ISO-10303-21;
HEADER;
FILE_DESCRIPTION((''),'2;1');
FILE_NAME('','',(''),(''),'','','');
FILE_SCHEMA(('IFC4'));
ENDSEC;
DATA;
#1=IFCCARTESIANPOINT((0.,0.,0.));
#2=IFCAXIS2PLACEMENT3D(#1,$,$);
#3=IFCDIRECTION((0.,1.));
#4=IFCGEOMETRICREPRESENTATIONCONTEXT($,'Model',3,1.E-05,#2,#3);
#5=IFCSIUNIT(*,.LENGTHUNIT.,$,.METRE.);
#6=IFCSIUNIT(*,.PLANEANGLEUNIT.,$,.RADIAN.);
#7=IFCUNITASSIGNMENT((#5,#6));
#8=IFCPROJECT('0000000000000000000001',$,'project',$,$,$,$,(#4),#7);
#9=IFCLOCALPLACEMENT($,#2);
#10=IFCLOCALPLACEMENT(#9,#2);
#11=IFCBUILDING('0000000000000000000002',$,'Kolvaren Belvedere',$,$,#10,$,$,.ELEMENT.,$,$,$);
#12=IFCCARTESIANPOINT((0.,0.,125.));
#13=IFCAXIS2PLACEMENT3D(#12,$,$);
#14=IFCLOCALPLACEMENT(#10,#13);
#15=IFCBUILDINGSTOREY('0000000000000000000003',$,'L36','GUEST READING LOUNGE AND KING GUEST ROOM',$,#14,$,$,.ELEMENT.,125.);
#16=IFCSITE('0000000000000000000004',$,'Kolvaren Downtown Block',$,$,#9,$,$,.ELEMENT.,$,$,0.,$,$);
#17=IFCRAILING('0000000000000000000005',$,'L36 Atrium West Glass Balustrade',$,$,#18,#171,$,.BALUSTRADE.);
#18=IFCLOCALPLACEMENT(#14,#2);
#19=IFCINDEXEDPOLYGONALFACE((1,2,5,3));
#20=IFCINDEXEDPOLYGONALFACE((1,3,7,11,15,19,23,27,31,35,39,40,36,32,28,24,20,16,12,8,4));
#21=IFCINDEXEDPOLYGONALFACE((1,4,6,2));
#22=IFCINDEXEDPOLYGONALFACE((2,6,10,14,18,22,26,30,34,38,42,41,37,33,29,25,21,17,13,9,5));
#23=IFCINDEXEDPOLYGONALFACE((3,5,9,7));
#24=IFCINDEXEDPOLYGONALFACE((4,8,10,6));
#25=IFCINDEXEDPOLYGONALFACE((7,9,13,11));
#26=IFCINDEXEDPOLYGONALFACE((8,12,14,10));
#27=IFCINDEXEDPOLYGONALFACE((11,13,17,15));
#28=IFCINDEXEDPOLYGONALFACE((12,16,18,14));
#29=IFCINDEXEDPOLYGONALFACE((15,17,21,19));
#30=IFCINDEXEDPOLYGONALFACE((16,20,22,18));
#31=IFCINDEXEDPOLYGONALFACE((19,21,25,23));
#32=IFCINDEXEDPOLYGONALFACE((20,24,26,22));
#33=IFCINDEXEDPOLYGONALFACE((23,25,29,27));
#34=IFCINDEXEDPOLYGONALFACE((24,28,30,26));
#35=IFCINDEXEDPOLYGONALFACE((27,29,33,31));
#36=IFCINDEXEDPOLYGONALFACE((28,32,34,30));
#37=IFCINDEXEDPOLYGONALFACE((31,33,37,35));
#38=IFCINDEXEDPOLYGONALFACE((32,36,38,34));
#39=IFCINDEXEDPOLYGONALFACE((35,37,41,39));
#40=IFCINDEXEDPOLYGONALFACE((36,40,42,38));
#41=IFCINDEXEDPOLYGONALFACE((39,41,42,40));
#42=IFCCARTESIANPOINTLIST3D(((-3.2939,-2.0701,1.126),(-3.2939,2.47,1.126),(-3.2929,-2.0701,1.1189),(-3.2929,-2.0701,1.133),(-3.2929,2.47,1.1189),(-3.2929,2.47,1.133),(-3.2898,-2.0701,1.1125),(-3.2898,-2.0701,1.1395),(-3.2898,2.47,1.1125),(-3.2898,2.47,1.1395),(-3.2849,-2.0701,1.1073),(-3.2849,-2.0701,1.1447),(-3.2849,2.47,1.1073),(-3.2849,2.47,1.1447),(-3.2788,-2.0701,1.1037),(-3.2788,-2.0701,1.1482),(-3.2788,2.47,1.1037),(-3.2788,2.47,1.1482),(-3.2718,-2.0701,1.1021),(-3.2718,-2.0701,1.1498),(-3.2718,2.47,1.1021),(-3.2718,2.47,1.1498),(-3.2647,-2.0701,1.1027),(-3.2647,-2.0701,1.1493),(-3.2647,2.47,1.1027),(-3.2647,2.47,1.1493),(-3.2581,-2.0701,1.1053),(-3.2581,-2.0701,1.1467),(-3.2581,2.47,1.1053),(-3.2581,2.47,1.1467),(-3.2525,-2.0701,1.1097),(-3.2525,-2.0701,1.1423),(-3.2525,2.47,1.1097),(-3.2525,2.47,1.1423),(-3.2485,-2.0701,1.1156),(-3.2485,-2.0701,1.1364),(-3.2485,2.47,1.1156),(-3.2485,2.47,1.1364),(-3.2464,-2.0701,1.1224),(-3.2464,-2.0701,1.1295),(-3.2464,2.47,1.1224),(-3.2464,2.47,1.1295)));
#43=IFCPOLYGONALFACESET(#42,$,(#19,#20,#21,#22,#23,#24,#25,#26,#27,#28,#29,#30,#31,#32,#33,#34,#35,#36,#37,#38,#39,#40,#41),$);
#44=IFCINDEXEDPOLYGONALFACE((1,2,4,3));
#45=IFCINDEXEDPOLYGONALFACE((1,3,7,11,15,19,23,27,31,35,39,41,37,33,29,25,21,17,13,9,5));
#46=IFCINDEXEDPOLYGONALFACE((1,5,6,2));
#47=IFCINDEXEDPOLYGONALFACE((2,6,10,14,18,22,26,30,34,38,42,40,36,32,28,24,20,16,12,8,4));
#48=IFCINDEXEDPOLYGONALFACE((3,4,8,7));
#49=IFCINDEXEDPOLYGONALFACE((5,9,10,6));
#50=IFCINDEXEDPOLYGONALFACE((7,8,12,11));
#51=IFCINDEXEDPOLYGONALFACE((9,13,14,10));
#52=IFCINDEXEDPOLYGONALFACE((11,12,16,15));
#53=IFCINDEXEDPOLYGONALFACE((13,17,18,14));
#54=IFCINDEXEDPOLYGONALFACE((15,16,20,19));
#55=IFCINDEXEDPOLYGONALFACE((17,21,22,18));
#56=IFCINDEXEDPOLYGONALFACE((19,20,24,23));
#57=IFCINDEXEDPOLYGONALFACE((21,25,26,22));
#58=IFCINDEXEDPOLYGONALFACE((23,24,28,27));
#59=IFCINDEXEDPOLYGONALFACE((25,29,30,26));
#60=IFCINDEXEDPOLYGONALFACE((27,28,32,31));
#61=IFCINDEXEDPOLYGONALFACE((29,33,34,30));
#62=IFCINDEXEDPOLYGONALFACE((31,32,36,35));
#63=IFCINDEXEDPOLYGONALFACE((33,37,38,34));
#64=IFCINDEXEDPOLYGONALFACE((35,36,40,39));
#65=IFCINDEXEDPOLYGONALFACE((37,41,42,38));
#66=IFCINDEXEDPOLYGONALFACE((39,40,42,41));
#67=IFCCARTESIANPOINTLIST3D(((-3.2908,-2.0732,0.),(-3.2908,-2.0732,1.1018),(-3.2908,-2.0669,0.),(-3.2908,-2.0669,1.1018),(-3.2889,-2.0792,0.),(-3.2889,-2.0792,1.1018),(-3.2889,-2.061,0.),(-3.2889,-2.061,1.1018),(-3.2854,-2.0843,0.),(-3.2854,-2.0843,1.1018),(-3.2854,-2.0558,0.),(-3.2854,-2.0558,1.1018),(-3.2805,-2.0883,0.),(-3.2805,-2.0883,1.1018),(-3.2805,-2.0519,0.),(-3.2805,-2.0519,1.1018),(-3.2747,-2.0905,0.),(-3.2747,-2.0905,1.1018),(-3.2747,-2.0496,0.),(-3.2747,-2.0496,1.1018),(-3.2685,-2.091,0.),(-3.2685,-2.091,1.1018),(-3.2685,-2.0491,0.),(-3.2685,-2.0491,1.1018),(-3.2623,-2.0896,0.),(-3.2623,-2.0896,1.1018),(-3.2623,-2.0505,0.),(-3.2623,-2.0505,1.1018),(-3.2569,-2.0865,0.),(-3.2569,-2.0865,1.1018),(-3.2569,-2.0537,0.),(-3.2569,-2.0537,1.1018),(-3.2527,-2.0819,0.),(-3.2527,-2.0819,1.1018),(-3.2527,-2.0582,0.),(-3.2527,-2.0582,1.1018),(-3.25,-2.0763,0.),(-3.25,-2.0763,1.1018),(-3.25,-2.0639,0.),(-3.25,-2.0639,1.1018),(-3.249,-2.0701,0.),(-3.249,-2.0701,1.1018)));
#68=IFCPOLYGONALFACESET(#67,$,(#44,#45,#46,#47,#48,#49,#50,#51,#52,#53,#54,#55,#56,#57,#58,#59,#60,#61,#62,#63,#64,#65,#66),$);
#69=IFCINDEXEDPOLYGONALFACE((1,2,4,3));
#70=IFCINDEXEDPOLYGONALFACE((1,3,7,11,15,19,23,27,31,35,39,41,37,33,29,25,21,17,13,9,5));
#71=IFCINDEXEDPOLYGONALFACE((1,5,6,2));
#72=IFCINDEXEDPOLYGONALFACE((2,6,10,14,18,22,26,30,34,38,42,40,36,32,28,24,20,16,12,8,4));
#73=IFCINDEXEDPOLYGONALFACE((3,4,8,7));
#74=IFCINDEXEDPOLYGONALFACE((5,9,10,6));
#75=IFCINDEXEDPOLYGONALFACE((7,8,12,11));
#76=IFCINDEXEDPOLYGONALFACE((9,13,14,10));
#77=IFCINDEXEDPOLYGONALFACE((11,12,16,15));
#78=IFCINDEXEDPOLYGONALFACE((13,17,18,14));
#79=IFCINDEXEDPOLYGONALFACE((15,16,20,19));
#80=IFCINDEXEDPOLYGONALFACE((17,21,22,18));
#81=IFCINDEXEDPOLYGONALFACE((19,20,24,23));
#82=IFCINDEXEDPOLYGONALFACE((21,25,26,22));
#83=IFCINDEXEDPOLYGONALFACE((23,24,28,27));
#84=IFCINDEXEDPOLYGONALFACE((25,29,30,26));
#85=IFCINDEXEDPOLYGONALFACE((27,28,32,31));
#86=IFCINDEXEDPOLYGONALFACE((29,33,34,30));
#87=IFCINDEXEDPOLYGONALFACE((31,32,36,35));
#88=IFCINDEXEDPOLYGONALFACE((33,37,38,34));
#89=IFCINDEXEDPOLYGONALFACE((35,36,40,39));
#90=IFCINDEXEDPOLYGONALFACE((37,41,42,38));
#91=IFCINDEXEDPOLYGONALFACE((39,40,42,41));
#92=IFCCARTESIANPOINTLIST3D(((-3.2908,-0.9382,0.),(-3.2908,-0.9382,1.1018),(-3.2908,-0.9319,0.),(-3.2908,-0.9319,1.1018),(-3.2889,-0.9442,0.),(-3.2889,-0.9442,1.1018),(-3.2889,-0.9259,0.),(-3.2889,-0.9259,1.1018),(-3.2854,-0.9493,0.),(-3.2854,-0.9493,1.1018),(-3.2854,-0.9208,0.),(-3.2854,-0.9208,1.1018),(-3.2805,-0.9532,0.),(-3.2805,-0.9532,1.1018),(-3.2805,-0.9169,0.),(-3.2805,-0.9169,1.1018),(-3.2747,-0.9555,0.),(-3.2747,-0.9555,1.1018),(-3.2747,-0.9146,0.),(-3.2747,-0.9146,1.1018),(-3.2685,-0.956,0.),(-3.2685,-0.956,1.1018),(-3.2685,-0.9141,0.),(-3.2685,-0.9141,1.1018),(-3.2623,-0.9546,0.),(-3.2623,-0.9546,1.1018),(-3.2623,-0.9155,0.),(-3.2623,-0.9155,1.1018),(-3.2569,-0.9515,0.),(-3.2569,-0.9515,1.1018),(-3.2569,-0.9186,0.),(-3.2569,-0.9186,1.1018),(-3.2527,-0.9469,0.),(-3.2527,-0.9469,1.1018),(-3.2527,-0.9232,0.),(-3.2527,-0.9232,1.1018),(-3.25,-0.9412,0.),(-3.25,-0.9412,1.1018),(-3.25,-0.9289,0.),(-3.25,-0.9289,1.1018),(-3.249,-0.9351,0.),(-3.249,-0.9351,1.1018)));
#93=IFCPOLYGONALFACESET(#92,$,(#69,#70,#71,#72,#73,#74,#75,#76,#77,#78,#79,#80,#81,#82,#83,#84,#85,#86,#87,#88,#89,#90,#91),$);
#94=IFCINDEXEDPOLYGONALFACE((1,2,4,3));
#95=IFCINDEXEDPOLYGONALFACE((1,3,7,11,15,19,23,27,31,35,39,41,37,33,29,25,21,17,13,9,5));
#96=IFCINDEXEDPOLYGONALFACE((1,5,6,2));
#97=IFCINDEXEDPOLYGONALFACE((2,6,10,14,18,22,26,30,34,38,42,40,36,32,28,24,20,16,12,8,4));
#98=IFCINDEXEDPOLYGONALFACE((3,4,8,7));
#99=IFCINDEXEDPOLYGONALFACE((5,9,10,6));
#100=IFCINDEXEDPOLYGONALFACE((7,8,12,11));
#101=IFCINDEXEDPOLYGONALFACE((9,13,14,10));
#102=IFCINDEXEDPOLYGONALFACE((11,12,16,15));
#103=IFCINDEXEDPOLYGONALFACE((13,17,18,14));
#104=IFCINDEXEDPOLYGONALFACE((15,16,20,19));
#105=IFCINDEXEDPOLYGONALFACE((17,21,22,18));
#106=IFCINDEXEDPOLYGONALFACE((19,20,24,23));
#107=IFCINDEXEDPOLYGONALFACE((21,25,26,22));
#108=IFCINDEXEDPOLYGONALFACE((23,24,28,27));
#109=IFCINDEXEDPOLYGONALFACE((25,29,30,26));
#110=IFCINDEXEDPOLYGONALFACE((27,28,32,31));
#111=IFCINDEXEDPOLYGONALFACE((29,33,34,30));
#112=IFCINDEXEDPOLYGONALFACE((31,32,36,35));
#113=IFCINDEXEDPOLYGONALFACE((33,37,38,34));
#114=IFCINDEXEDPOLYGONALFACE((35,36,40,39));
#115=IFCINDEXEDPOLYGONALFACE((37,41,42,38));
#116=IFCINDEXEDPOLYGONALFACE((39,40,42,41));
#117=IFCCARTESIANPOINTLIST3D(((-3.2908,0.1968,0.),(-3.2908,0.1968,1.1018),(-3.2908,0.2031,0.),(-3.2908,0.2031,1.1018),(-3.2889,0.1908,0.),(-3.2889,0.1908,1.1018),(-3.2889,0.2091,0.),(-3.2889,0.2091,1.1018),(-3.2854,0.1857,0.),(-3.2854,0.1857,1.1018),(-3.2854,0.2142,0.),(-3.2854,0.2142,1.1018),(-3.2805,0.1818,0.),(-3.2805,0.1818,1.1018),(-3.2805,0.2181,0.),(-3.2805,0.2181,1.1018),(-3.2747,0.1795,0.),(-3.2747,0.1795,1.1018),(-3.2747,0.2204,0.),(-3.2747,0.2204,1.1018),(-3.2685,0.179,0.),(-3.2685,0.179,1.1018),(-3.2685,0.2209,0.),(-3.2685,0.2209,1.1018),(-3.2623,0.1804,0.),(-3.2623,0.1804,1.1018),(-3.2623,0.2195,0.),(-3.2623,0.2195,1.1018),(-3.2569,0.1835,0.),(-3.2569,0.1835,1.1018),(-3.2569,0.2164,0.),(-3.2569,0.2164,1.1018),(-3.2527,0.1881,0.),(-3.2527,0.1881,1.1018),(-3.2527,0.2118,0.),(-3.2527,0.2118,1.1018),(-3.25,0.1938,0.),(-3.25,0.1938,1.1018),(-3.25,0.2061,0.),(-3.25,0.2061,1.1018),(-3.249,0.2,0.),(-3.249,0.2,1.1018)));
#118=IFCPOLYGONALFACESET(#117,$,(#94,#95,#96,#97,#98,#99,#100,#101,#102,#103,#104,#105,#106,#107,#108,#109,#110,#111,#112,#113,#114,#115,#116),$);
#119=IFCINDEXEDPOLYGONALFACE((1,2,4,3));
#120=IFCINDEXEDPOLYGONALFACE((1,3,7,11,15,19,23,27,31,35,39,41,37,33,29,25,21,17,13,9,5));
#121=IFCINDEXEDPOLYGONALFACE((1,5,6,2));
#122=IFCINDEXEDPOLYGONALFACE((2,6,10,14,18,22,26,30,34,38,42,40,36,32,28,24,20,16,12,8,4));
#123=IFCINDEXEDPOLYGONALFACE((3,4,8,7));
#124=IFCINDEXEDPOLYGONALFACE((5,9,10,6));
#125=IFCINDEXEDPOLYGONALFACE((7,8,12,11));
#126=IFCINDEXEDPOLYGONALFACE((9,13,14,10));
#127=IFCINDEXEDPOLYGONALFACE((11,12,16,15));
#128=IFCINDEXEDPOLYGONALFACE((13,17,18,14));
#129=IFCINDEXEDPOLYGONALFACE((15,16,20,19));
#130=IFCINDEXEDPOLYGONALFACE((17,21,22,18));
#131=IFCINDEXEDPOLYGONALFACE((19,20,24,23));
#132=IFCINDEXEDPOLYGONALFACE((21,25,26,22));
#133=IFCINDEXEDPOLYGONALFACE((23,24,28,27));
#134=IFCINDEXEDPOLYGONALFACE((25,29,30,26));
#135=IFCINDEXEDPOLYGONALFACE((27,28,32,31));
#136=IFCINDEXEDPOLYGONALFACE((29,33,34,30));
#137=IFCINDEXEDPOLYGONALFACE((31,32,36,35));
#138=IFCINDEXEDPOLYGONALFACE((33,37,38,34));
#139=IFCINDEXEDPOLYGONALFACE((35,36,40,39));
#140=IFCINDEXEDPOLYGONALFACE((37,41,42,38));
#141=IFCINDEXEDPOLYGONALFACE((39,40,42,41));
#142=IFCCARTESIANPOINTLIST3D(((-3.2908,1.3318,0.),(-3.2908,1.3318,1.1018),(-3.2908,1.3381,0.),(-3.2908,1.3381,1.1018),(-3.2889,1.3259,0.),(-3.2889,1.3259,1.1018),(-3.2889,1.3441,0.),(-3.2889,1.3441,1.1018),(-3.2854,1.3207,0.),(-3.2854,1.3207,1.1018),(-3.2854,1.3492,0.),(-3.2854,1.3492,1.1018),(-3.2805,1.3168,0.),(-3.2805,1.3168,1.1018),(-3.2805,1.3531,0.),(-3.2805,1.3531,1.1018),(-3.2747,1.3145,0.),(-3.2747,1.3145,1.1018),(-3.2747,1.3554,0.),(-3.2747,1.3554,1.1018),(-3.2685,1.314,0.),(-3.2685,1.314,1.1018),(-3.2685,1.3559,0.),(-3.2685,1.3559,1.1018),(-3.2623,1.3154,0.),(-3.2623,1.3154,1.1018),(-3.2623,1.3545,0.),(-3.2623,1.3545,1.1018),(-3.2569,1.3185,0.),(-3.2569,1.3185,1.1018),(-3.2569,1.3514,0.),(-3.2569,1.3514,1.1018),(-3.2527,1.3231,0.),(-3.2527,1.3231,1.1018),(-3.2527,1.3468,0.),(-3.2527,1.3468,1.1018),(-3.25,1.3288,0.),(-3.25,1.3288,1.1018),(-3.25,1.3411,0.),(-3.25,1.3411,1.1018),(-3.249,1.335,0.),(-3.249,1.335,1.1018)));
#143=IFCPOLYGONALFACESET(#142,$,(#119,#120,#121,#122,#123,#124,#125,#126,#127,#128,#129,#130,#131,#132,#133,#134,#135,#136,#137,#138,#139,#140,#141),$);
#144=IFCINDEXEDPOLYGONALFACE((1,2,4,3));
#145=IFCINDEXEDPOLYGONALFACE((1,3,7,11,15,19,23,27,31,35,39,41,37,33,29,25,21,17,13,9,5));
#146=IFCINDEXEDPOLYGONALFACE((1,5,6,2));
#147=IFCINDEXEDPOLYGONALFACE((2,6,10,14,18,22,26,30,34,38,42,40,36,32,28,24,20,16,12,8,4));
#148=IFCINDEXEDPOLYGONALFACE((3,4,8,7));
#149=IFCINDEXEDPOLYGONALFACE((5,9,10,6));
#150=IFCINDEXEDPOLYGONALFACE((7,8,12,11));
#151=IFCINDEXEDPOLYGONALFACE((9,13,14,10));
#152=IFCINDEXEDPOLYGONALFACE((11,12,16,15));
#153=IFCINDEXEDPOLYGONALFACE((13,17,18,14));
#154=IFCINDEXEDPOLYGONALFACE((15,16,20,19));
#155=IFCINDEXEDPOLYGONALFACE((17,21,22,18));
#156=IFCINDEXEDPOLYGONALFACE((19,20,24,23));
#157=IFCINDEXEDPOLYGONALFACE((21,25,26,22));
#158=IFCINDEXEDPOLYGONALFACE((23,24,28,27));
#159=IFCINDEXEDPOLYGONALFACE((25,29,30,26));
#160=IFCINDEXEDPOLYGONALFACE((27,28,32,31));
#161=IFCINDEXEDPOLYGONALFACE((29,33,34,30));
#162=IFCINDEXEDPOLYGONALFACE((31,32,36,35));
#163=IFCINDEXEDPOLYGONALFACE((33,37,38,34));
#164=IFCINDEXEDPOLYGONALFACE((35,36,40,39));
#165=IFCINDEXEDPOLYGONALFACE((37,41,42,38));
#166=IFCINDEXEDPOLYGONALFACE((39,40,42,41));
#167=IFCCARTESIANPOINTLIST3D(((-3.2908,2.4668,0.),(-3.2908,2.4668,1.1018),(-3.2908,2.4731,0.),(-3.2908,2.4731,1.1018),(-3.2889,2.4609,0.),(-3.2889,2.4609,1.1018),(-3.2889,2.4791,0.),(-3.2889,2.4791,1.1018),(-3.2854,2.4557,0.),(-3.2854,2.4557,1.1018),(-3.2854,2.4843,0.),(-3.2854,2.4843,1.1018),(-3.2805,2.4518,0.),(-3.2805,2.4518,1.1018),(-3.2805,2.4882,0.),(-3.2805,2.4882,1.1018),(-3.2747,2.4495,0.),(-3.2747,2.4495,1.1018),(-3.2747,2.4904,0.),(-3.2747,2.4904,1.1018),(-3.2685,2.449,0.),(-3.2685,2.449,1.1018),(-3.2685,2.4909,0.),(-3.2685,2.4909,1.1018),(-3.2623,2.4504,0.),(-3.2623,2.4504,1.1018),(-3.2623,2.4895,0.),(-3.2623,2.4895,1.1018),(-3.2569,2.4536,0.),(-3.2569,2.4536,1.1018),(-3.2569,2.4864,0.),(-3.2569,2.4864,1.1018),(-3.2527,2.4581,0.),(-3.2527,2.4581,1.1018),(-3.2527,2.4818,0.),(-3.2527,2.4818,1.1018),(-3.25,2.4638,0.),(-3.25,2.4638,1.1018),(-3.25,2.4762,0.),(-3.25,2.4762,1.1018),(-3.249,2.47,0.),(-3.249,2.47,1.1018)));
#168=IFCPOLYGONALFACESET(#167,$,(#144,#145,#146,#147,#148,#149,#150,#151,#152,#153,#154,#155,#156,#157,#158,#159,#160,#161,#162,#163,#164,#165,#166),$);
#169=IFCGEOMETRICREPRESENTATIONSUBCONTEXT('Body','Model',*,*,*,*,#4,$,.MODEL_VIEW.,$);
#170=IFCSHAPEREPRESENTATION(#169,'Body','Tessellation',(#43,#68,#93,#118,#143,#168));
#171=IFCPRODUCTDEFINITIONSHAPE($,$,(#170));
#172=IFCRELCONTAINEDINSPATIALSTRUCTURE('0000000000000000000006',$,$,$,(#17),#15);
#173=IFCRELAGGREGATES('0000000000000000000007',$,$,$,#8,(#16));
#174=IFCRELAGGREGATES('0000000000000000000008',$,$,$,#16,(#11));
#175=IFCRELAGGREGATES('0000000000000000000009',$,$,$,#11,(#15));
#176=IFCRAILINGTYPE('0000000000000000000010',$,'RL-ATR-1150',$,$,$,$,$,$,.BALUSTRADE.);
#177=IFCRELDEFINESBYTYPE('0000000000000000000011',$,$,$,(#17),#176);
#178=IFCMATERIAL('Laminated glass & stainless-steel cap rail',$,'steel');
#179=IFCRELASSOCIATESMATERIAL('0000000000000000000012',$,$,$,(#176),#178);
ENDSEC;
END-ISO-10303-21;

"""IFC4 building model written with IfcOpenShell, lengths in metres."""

from ifc_helpers import new_model, si_unit, direction, frame, origin, origin_2d, place, context, subcontext, project, spatial, circle, extrude, material, type_object, element, save


model = new_model("IFC4")

# Units and contexts
model_context = context("Model", 3, precision=1e-05, world=origin(), true_north=direction((0.0, 1.0)))
body_context = subcontext(model_context, "Body", "Model", "MODEL_VIEW")
ifc_project = project(units=[si_unit("LENGTHUNIT", "METRE"), si_unit("PLANEANGLEUNIT", "RADIAN")], contexts=[model_context])

# Site, building, storey
site_placement = place(None, origin())
site = spatial("IfcSite", under=ifc_project, at=site_placement, Name="Kolvaren Downtown Block", CompositionType="ELEMENT", RefElevation=0.0)
building_placement = place(site_placement, origin())
building = spatial("IfcBuilding", under=site, at=building_placement, Name="Kolvaren Belvedere", CompositionType="ELEMENT")
storey_placement = place(building_placement, frame((0.0, 0.0, 125.0)))
storey = spatial("IfcBuildingStorey", under=building, at=storey_placement, Name="L36", Description="GUEST READING LOUNGE AND KING GUEST ROOM", CompositionType="ELEMENT", Elevation=125.0)

# Railing
ifc_material_1 = material(Name="Laminated glass & stainless-steel cap rail", Category="steel")
railing_type_1 = type_object("IfcRailingType", Name="RL-ATR-1150", PredefinedType="BALUSTRADE", material=ifc_material_1)
railing_1_placement = place(storey_placement, frame((-3.27, -2.0701, 0.0)))
element("IfcRailing", 1, at=railing_1_placement, inside=storey, type_object=railing_type_1, Name="L36 Atrium West Glass Balustrade", PredefinedType="BALUSTRADE", context=body_context, shape_type="SweptSolid", body=[
    extrude(circle(Radius=0.0239, at=origin_2d()), frame((0.0, 0.0, 1.126), z_axis=(0.0, 1.0, 0.0), x_axis=(-1.0, 0.0, 0.0)), (0.0, 0.0, 1.0), 4.54),
    extrude(circle(Radius=0.021, at=origin_2d()), origin(), (0.0, 0.0, 1.0), 1.1018),
    extrude(circle(Radius=0.021, at=origin_2d()), frame((0.0, 1.135, 0.0)), (0.0, 0.0, 1.0), 1.1018),
    extrude(circle(Radius=0.021, at=origin_2d()), frame((0.0, 2.27, 0.0)), (0.0, 0.0, 1.0), 1.1018),
    extrude(circle(Radius=0.021, at=origin_2d()), frame((0.0, 3.405, 0.0)), (0.0, 0.0, 1.0), 1.1018),
    extrude(circle(Radius=0.021, at=origin_2d()), frame((0.0, 4.54, 0.0)), (0.0, 0.0, 1.0), 1.1018),
])

save(model, "model.ifc")
